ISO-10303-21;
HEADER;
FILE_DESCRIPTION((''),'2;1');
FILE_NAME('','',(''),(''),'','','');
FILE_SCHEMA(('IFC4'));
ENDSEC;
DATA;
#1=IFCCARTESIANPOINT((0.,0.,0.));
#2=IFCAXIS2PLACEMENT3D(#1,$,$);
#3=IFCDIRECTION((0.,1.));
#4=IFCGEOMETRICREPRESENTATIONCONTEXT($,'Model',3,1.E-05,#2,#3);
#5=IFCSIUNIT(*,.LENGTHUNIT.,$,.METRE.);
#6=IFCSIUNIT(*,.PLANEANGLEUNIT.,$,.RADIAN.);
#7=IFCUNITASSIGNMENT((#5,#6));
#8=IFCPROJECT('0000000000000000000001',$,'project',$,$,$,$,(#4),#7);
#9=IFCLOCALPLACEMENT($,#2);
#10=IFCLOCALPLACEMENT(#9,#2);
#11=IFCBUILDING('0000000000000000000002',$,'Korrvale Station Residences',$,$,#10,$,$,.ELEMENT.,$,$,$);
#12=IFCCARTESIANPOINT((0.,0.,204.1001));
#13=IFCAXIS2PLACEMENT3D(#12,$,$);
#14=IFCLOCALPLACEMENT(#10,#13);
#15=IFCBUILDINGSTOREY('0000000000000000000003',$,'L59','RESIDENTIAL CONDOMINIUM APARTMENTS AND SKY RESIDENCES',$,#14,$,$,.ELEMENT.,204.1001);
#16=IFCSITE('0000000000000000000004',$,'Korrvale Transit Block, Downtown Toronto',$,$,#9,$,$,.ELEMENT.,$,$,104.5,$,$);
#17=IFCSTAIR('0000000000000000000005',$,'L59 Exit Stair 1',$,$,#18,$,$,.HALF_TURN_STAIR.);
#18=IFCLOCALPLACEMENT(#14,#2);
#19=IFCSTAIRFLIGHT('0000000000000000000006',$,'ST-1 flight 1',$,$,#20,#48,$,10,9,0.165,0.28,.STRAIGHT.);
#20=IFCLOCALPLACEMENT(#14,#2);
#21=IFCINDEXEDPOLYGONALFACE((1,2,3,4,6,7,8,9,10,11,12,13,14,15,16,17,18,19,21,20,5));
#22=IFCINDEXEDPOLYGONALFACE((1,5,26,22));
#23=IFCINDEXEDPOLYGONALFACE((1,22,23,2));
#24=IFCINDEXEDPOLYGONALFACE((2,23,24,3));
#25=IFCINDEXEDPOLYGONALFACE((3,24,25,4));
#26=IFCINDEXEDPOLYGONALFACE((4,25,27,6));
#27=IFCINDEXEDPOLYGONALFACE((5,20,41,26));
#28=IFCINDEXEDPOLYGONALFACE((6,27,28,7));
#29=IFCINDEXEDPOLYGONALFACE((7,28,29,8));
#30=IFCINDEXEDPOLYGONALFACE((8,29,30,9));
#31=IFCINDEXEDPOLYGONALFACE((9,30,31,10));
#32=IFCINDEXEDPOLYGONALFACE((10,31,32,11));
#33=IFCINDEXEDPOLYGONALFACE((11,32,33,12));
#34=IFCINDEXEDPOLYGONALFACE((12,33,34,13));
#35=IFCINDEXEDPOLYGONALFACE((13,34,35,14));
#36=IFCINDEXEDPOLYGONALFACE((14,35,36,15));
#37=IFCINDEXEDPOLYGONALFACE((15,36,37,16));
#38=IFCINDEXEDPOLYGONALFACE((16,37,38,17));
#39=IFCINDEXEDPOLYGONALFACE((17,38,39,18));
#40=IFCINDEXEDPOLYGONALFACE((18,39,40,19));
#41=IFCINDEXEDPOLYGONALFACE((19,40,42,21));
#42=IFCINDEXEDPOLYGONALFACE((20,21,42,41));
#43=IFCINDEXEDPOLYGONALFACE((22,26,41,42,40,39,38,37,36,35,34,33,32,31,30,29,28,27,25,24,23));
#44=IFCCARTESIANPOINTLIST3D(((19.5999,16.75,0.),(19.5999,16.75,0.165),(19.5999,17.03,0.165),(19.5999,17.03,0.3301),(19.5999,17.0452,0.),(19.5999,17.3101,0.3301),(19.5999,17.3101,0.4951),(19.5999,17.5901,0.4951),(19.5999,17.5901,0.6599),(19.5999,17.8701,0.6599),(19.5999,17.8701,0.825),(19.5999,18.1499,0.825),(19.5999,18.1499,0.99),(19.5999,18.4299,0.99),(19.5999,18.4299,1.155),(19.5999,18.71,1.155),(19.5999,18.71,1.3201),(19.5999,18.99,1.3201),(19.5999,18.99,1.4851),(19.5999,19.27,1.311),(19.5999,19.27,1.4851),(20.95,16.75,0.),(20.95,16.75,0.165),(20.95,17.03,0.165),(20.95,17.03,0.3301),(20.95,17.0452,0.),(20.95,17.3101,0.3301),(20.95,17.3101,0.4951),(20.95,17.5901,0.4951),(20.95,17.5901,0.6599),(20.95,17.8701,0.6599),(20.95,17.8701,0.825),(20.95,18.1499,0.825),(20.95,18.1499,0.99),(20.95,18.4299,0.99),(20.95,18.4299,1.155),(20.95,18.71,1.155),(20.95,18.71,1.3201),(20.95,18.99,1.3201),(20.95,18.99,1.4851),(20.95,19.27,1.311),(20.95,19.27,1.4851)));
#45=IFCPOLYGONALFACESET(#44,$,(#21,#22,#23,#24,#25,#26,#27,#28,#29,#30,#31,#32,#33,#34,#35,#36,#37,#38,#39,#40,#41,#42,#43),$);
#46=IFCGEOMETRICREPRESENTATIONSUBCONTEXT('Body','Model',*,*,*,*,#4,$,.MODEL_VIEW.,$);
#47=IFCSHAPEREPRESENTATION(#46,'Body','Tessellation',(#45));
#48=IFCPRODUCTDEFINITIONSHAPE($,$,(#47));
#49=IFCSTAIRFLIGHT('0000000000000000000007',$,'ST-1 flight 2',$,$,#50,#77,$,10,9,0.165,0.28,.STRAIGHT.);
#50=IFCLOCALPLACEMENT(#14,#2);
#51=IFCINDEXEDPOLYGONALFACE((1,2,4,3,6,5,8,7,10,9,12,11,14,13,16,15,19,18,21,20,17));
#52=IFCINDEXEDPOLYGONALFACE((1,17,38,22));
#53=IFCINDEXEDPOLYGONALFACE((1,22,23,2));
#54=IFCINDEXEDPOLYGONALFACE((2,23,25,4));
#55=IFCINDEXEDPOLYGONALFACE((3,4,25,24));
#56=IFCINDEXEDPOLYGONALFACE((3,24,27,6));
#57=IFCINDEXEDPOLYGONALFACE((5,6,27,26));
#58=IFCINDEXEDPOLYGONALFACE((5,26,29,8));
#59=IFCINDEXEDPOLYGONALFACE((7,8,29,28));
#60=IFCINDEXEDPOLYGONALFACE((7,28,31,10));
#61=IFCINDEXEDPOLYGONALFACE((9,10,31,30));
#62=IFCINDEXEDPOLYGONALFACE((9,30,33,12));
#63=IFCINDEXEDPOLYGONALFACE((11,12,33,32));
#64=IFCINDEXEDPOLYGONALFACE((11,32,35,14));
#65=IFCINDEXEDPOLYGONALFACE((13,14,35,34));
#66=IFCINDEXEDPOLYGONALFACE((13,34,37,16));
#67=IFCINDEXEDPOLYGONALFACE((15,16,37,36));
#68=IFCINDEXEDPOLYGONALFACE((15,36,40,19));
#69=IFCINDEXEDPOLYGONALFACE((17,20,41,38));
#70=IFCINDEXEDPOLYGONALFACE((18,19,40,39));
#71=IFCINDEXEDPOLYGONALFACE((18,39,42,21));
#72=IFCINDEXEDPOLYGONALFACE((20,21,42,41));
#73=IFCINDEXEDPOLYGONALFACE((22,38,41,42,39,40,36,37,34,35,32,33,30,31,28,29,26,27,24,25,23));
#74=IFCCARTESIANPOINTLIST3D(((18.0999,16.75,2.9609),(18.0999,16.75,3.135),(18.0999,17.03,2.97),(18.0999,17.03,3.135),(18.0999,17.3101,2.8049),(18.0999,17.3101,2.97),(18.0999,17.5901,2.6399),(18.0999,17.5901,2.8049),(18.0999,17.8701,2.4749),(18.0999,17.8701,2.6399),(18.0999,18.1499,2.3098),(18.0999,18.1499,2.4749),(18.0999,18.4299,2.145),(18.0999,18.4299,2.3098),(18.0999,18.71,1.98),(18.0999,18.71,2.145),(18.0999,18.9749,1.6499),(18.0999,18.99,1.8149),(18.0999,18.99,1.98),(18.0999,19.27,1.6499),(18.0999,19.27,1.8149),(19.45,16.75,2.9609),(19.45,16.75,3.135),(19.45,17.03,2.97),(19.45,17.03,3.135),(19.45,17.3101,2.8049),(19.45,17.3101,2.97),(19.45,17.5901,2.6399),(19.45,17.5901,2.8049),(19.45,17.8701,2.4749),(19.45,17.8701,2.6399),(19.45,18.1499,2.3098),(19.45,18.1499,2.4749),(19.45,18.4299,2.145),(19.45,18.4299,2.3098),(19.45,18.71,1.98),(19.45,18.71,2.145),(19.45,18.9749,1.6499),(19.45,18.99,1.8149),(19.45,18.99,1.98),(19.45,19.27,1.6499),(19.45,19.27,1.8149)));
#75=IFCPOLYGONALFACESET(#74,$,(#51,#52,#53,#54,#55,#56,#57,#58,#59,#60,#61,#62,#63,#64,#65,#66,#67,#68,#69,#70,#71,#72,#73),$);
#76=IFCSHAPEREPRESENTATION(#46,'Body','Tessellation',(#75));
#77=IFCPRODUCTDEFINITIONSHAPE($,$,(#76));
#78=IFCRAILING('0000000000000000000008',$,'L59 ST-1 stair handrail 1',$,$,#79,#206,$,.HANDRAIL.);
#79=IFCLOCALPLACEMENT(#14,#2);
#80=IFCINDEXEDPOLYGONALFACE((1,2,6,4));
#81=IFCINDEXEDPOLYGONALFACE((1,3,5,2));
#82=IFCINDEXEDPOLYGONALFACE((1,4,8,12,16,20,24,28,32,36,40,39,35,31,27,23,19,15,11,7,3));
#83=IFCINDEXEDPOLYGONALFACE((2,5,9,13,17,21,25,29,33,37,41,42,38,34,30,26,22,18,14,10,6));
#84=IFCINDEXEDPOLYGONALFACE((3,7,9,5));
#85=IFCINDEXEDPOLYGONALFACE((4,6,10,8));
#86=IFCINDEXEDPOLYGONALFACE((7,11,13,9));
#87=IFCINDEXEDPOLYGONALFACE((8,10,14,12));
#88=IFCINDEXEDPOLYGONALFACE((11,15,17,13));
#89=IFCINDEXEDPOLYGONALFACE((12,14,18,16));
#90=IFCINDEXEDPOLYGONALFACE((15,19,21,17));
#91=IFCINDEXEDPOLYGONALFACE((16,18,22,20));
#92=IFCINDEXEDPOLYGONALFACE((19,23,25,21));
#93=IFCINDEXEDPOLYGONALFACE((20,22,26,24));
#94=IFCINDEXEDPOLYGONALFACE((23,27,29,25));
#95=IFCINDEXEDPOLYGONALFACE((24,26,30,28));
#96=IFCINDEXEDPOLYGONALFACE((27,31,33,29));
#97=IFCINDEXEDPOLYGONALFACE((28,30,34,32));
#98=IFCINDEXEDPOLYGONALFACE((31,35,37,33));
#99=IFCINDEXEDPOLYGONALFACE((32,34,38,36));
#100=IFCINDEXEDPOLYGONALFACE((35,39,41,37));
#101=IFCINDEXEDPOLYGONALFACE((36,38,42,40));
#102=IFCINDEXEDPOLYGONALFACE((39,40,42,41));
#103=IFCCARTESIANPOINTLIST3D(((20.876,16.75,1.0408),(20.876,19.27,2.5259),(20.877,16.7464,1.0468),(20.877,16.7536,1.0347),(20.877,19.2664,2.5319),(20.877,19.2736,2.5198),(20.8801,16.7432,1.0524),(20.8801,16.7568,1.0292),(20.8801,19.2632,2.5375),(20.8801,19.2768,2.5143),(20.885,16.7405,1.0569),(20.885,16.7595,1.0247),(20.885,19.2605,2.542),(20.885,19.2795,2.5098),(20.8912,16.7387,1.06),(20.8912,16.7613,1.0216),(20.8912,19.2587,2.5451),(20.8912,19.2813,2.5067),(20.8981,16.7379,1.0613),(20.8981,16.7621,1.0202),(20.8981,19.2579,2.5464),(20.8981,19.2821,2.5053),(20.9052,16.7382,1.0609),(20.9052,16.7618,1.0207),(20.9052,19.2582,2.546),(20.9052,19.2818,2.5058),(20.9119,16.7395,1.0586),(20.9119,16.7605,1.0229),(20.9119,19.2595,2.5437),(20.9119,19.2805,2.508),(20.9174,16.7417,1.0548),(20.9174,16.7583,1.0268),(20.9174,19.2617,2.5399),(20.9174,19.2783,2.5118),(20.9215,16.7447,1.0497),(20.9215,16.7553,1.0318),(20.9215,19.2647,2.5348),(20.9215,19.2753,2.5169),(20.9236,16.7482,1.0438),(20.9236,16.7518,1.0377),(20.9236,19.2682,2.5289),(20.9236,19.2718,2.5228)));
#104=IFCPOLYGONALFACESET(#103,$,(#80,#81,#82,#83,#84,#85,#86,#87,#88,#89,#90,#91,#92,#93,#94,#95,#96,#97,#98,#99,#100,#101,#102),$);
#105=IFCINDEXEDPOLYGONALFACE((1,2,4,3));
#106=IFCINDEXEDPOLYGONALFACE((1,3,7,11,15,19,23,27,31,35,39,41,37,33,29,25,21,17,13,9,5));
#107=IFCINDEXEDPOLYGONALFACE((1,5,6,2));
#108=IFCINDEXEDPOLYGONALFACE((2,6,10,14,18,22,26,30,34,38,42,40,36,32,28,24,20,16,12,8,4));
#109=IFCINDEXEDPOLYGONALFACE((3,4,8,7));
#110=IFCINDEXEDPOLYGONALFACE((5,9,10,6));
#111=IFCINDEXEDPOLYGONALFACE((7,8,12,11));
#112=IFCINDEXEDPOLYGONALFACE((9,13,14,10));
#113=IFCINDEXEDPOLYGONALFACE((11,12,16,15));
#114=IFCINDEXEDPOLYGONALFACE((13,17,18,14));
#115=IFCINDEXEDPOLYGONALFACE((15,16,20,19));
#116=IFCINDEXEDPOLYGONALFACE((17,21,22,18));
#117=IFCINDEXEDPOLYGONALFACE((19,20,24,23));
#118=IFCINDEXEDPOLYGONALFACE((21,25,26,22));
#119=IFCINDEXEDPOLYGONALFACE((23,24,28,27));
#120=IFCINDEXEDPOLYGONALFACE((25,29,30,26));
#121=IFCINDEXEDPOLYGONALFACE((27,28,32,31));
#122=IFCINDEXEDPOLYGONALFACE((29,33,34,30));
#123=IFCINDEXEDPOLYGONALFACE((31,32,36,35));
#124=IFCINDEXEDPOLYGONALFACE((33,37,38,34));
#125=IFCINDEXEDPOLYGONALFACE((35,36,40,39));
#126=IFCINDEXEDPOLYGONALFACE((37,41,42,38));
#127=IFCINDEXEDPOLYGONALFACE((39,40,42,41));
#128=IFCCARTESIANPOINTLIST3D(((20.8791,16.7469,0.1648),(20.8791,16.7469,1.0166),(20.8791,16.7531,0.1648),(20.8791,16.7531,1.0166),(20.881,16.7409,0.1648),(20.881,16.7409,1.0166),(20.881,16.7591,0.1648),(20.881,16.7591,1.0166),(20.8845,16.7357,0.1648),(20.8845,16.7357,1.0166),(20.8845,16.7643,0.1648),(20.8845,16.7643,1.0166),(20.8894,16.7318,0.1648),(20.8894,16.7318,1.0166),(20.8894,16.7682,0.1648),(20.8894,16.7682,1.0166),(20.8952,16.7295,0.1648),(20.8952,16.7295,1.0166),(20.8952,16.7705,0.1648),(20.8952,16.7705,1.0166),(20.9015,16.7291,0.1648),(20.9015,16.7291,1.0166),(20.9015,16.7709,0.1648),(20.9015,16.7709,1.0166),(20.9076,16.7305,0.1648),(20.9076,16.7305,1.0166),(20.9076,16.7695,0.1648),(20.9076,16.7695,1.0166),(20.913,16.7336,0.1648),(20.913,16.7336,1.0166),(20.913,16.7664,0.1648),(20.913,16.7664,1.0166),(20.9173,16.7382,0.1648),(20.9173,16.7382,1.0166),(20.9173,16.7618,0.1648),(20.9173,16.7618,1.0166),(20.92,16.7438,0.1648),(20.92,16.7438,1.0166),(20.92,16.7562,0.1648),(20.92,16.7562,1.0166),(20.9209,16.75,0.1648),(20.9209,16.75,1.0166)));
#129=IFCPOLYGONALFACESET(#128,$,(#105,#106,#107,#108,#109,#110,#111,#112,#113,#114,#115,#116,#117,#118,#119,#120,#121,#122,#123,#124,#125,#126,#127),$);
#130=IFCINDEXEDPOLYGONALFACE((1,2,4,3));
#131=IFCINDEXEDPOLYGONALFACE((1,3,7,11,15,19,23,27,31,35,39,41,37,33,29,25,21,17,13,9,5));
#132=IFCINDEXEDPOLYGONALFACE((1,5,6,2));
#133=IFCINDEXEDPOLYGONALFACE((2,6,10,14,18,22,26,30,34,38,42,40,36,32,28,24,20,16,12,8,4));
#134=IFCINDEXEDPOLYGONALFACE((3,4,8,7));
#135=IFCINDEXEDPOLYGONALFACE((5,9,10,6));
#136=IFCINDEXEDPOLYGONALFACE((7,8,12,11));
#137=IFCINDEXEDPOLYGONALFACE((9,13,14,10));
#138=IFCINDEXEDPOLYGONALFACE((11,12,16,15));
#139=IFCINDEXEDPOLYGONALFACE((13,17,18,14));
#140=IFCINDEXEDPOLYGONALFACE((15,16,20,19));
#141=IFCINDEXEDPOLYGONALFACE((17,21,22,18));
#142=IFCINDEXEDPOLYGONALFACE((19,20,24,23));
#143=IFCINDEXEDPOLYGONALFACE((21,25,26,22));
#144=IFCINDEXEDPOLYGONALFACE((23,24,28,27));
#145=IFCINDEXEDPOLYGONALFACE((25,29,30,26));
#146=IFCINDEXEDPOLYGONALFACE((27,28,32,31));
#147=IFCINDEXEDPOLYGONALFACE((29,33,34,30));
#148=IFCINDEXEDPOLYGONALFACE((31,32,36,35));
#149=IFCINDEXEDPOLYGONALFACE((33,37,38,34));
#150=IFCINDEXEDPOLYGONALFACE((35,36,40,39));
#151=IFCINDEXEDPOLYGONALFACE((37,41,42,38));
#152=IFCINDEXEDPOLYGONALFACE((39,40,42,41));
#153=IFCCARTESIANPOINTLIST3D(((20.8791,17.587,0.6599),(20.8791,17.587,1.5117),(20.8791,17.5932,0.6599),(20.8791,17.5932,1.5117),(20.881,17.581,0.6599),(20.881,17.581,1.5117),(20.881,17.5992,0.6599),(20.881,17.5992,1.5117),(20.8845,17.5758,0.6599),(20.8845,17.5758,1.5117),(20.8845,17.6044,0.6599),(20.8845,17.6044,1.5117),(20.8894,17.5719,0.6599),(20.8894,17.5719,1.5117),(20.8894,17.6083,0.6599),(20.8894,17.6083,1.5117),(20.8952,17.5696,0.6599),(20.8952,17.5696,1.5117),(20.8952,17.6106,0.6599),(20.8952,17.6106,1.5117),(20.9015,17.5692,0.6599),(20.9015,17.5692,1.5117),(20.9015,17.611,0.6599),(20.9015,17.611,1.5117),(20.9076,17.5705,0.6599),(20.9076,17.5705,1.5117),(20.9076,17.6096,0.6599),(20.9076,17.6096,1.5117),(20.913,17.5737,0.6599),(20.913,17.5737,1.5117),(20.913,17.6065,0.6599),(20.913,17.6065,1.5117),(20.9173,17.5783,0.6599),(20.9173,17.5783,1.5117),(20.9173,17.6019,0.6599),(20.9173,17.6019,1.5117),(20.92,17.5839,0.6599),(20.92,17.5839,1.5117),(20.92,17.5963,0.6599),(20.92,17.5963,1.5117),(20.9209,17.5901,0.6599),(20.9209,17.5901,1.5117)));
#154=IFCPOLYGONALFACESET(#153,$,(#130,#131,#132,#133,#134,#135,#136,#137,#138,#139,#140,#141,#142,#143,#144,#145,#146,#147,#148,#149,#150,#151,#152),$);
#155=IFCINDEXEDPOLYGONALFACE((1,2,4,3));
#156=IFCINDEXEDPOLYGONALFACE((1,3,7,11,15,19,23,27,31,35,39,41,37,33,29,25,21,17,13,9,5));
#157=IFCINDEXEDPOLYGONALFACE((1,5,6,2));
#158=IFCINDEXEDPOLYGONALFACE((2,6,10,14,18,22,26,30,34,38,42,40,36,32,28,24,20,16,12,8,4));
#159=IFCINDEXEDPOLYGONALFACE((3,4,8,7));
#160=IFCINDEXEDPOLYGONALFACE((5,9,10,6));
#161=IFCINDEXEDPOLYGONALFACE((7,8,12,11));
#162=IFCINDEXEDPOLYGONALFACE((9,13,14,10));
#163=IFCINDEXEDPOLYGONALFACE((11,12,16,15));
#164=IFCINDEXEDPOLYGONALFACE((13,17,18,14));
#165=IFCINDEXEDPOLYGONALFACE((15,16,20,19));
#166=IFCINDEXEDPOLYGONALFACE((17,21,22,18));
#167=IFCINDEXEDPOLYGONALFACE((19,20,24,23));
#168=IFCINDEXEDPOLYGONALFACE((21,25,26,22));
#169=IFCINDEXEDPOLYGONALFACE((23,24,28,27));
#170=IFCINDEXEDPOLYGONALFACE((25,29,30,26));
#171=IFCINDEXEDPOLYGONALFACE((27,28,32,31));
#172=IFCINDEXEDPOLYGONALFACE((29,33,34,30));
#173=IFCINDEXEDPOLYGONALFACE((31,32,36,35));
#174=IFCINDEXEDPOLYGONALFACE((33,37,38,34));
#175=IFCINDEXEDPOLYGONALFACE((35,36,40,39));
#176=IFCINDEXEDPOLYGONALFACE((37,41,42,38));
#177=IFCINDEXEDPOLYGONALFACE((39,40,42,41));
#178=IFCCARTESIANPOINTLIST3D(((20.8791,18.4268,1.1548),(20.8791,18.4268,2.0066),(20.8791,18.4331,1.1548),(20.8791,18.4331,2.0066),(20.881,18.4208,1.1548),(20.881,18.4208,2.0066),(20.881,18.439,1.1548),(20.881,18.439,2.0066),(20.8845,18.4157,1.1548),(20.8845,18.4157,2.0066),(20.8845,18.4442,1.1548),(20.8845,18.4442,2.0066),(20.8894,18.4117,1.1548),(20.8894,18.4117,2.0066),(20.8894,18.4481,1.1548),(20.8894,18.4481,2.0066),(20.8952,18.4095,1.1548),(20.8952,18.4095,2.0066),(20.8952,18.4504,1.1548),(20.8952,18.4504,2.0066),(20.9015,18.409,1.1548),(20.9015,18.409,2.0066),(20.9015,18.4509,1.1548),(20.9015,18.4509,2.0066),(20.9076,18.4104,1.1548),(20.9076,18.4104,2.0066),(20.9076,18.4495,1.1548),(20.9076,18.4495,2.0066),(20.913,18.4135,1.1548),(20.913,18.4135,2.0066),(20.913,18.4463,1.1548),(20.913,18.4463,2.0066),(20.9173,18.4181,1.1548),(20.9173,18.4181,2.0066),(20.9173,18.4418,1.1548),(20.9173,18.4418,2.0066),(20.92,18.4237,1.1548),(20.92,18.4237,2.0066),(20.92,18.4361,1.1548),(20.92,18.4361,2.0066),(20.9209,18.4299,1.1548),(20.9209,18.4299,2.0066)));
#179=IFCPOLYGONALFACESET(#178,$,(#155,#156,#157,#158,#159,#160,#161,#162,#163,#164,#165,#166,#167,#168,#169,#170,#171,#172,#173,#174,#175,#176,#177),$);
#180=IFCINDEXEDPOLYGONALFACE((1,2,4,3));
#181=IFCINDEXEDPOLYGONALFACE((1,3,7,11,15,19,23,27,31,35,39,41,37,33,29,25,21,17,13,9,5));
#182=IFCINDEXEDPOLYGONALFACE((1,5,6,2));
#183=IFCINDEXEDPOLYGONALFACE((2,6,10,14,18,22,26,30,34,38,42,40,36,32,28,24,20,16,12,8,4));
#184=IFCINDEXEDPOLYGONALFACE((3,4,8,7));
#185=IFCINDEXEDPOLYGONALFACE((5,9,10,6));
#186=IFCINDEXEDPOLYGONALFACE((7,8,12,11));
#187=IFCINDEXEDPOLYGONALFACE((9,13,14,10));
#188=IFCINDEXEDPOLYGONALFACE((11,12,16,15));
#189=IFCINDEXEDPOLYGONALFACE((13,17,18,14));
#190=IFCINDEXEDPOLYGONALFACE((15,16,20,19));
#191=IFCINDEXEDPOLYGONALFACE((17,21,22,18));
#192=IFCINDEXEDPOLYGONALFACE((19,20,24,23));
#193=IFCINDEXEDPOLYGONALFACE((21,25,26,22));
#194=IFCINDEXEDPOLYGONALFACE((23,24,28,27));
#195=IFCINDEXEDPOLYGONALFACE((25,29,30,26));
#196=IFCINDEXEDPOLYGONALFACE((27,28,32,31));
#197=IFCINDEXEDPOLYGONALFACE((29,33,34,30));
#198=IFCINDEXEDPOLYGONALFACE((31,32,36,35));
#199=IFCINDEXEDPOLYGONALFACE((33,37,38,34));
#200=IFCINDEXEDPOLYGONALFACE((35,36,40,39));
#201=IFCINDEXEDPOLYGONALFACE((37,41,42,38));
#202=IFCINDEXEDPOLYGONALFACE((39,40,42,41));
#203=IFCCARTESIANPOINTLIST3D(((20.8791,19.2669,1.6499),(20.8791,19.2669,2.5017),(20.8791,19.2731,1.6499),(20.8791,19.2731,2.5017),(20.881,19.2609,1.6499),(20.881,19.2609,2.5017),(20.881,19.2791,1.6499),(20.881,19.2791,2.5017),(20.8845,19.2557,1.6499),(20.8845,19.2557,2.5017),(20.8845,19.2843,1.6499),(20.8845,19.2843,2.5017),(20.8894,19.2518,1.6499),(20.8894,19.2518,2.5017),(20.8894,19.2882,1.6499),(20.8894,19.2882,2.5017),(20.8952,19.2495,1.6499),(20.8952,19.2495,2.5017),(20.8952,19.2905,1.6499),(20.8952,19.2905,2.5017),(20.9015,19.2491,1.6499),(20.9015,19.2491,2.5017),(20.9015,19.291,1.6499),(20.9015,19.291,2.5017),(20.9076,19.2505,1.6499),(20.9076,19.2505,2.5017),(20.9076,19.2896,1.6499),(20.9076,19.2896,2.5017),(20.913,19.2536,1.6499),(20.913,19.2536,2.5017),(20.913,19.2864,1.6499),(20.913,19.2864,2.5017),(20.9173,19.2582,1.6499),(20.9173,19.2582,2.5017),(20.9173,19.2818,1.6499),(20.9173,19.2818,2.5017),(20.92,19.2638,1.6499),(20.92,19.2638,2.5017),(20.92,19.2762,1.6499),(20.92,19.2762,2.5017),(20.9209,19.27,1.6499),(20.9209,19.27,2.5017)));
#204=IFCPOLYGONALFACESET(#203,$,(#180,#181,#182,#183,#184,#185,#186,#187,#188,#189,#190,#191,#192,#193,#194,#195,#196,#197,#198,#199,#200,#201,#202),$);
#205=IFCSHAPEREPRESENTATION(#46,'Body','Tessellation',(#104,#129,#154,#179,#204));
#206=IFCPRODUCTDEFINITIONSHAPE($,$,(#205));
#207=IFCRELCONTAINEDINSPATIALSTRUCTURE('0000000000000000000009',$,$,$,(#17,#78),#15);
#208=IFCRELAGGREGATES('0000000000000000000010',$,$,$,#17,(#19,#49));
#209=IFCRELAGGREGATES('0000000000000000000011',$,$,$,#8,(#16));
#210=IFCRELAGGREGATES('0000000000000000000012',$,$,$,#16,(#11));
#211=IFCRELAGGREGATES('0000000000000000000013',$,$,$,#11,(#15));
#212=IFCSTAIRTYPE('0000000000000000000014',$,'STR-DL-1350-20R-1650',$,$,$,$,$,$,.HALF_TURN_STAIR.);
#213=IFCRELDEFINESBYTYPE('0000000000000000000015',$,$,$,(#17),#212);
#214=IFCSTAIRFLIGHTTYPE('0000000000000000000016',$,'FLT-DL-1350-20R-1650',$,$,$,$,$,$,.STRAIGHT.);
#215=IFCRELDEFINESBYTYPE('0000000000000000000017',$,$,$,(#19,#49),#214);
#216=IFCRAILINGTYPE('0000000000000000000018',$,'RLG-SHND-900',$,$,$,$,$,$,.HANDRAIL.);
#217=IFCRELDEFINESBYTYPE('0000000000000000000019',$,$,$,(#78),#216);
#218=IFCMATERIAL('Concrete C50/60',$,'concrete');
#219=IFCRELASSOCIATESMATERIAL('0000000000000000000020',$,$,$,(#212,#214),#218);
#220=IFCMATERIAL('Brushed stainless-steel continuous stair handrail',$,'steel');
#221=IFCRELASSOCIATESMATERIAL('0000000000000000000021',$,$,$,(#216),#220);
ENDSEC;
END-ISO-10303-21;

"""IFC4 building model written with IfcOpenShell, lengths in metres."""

from ifc_helpers import new_model, si_unit, direction, frame, origin, origin_2d, place, context, subcontext, project, spatial, polyline, circle, outline, extrude, material, type_object, element, aggregate, save


model = new_model("IFC4")

# Units and contexts
model_context = context("Model", 3, precision=1e-05, world=origin(), true_north=direction((0.0, 1.0)))
body_context = subcontext(model_context, "Body", "Model", "MODEL_VIEW")
ifc_project = project(units=[si_unit("LENGTHUNIT", "METRE"), si_unit("PLANEANGLEUNIT", "RADIAN")], contexts=[model_context])

# Site, building, storey
site_placement = place(None, origin())
site = spatial("IfcSite", under=ifc_project, at=site_placement, Name="Korrvale Transit Block, Downtown Toronto", CompositionType="ELEMENT", RefElevation=104.5)
building_placement = place(site_placement, origin())
building = spatial("IfcBuilding", under=site, at=building_placement, Name="Korrvale Station Residences", CompositionType="ELEMENT")
storey_placement = place(building_placement, frame((0.0, 0.0, 204.1001)))
storey = spatial("IfcBuildingStorey", under=building, at=storey_placement, Name="L59", Description="RESIDENTIAL CONDOMINIUM APARTMENTS AND SKY RESIDENCES", CompositionType="ELEMENT", Elevation=204.1001)

# Shared definitions
ifc_material_1 = material(Name="Concrete C50/60", Category="concrete")

# Stair, stair flights
stair_type = type_object("IfcStairType", Name="STR-DL-1350-20R-1650", PredefinedType="HALF_TURN_STAIR", material=ifc_material_1)
stair_placement = place(storey_placement, origin())
stair = element("IfcStair", 1, at=stair_placement, inside=storey, type_object=stair_type, Name="L59 Exit Stair 1", PredefinedType="HALF_TURN_STAIR")
stair_flight_type = type_object("IfcStairFlightType", Name="FLT-DL-1350-20R-1650", PredefinedType="STRAIGHT", material=ifc_material_1)
stair_flight_1_placement = place(storey_placement, frame((20.2749, 16.75, 0.0), z_axis=(0.0, 0.0, 1.0), x_axis=(0.0, 1.0, 0.0)))
stair_flight_1 = element("IfcStairFlight", 2, at=stair_flight_1_placement, type_object=stair_flight_type, Name="ST-1 flight 1", NumberOfRisers=10, NumberOfTreads=9, PredefinedType="STRAIGHT", RiserHeight=0.165, TreadLength=0.28, context=body_context, shape_type="SweptSolid", body=[
    extrude(outline(polyline([(0.0, 0.0), (0.0, 0.165), (0.28, 0.165), (0.28, 0.3301), (0.5601, 0.3301), (0.5601, 0.4951), (0.8401, 0.4951), (0.8401, 0.6599), (1.1201, 0.6599), (1.1201, 0.825), (1.3999, 0.825), (1.3999, 0.99), (1.6799, 0.99), (1.6799, 1.155), (1.96, 1.155), (1.96, 1.3201), (2.24, 1.3201), (2.24, 1.4851), (2.52, 1.4851), (2.52, 1.6499), (2.52, 1.311), (0.2952, 0.0), (0.0, 0.0)])), frame((0.0, 0.675, 0.0), z_axis=(0.0, -1.0, 0.0), x_axis=(1.0, 0.0, 0.0)), (0.0, 0.0, 1.0), 1.3501),
])
stair_flight_2_placement = place(storey_placement, frame((18.7749, 19.27, 1.6499), z_axis=(0.0, 0.0, 1.0), x_axis=(0.0, -1.0, 0.0)))
stair_flight_2 = element("IfcStairFlight", 3, at=stair_flight_2_placement, type_object=stair_flight_type, Name="ST-1 flight 2", NumberOfRisers=10, NumberOfTreads=9, PredefinedType="STRAIGHT", RiserHeight=0.165, TreadLength=0.28, context=body_context, shape_type="SweptSolid", body=[
    extrude(outline(polyline([(0.0, 0.0), (0.0, 0.165), (0.28, 0.165), (0.28, 0.3301), (0.5601, 0.3301), (0.5601, 0.4951), (0.8401, 0.4951), (0.8401, 0.6599), (1.1201, 0.6599), (1.1201, 0.825), (1.3999, 0.825), (1.3999, 0.99), (1.6799, 0.99), (1.6799, 1.155), (1.96, 1.155), (1.96, 1.3201), (2.24, 1.3201), (2.24, 1.4851), (2.52, 1.4851), (2.52, 1.6499), (2.52, 1.311), (0.2952, 0.0), (0.0, 0.0)])), frame((0.0, 0.675, 0.0), z_axis=(0.0, -1.0, 0.0), x_axis=(1.0, 0.0, 0.0)), (0.0, 0.0, 1.0), 1.3501),
])
aggregate(stair, [stair_flight_1, stair_flight_2])

# Railing
ifc_material_2 = material(Name="Brushed stainless-steel continuous stair handrail", Category="steel")
railing_type_1 = type_object("IfcRailingType", Name="RLG-SHND-900", PredefinedType="HANDRAIL", material=ifc_material_2)
railing_1_placement = place(storey_placement, frame((20.8999, 16.75, 0.1648)))
element("IfcRailing", 4, at=railing_1_placement, inside=storey, type_object=railing_type_1, Name="L59 ST-1 stair handrail 1", PredefinedType="HANDRAIL", context=body_context, shape_type="SweptSolid", body=[
    extrude(circle(Radius=0.0239, at=origin_2d()), frame((0.0, 0.0, 0.876), z_axis=(0.0, 0.861524, 0.507717), x_axis=(-1.0, 0.0, 0.0)), (0.0, 0.0, 1.0), 2.925),
    extrude(circle(Radius=0.021, at=origin_2d()), origin(), (0.0, 0.0, 1.0), 0.8518),
    extrude(circle(Radius=0.021, at=origin_2d()), frame((0.0, 0.8401, 0.4951)), (0.0, 0.0, 1.0), 0.8518),
    extrude(circle(Radius=0.021, at=origin_2d()), frame((0.0, 1.6799, 0.99)), (0.0, 0.0, 1.0), 0.8518),
    extrude(circle(Radius=0.021, at=origin_2d()), frame((0.0, 2.52, 1.4851)), (0.0, 0.0, 1.0), 0.8518),
])

save(model, "model.ifc")
